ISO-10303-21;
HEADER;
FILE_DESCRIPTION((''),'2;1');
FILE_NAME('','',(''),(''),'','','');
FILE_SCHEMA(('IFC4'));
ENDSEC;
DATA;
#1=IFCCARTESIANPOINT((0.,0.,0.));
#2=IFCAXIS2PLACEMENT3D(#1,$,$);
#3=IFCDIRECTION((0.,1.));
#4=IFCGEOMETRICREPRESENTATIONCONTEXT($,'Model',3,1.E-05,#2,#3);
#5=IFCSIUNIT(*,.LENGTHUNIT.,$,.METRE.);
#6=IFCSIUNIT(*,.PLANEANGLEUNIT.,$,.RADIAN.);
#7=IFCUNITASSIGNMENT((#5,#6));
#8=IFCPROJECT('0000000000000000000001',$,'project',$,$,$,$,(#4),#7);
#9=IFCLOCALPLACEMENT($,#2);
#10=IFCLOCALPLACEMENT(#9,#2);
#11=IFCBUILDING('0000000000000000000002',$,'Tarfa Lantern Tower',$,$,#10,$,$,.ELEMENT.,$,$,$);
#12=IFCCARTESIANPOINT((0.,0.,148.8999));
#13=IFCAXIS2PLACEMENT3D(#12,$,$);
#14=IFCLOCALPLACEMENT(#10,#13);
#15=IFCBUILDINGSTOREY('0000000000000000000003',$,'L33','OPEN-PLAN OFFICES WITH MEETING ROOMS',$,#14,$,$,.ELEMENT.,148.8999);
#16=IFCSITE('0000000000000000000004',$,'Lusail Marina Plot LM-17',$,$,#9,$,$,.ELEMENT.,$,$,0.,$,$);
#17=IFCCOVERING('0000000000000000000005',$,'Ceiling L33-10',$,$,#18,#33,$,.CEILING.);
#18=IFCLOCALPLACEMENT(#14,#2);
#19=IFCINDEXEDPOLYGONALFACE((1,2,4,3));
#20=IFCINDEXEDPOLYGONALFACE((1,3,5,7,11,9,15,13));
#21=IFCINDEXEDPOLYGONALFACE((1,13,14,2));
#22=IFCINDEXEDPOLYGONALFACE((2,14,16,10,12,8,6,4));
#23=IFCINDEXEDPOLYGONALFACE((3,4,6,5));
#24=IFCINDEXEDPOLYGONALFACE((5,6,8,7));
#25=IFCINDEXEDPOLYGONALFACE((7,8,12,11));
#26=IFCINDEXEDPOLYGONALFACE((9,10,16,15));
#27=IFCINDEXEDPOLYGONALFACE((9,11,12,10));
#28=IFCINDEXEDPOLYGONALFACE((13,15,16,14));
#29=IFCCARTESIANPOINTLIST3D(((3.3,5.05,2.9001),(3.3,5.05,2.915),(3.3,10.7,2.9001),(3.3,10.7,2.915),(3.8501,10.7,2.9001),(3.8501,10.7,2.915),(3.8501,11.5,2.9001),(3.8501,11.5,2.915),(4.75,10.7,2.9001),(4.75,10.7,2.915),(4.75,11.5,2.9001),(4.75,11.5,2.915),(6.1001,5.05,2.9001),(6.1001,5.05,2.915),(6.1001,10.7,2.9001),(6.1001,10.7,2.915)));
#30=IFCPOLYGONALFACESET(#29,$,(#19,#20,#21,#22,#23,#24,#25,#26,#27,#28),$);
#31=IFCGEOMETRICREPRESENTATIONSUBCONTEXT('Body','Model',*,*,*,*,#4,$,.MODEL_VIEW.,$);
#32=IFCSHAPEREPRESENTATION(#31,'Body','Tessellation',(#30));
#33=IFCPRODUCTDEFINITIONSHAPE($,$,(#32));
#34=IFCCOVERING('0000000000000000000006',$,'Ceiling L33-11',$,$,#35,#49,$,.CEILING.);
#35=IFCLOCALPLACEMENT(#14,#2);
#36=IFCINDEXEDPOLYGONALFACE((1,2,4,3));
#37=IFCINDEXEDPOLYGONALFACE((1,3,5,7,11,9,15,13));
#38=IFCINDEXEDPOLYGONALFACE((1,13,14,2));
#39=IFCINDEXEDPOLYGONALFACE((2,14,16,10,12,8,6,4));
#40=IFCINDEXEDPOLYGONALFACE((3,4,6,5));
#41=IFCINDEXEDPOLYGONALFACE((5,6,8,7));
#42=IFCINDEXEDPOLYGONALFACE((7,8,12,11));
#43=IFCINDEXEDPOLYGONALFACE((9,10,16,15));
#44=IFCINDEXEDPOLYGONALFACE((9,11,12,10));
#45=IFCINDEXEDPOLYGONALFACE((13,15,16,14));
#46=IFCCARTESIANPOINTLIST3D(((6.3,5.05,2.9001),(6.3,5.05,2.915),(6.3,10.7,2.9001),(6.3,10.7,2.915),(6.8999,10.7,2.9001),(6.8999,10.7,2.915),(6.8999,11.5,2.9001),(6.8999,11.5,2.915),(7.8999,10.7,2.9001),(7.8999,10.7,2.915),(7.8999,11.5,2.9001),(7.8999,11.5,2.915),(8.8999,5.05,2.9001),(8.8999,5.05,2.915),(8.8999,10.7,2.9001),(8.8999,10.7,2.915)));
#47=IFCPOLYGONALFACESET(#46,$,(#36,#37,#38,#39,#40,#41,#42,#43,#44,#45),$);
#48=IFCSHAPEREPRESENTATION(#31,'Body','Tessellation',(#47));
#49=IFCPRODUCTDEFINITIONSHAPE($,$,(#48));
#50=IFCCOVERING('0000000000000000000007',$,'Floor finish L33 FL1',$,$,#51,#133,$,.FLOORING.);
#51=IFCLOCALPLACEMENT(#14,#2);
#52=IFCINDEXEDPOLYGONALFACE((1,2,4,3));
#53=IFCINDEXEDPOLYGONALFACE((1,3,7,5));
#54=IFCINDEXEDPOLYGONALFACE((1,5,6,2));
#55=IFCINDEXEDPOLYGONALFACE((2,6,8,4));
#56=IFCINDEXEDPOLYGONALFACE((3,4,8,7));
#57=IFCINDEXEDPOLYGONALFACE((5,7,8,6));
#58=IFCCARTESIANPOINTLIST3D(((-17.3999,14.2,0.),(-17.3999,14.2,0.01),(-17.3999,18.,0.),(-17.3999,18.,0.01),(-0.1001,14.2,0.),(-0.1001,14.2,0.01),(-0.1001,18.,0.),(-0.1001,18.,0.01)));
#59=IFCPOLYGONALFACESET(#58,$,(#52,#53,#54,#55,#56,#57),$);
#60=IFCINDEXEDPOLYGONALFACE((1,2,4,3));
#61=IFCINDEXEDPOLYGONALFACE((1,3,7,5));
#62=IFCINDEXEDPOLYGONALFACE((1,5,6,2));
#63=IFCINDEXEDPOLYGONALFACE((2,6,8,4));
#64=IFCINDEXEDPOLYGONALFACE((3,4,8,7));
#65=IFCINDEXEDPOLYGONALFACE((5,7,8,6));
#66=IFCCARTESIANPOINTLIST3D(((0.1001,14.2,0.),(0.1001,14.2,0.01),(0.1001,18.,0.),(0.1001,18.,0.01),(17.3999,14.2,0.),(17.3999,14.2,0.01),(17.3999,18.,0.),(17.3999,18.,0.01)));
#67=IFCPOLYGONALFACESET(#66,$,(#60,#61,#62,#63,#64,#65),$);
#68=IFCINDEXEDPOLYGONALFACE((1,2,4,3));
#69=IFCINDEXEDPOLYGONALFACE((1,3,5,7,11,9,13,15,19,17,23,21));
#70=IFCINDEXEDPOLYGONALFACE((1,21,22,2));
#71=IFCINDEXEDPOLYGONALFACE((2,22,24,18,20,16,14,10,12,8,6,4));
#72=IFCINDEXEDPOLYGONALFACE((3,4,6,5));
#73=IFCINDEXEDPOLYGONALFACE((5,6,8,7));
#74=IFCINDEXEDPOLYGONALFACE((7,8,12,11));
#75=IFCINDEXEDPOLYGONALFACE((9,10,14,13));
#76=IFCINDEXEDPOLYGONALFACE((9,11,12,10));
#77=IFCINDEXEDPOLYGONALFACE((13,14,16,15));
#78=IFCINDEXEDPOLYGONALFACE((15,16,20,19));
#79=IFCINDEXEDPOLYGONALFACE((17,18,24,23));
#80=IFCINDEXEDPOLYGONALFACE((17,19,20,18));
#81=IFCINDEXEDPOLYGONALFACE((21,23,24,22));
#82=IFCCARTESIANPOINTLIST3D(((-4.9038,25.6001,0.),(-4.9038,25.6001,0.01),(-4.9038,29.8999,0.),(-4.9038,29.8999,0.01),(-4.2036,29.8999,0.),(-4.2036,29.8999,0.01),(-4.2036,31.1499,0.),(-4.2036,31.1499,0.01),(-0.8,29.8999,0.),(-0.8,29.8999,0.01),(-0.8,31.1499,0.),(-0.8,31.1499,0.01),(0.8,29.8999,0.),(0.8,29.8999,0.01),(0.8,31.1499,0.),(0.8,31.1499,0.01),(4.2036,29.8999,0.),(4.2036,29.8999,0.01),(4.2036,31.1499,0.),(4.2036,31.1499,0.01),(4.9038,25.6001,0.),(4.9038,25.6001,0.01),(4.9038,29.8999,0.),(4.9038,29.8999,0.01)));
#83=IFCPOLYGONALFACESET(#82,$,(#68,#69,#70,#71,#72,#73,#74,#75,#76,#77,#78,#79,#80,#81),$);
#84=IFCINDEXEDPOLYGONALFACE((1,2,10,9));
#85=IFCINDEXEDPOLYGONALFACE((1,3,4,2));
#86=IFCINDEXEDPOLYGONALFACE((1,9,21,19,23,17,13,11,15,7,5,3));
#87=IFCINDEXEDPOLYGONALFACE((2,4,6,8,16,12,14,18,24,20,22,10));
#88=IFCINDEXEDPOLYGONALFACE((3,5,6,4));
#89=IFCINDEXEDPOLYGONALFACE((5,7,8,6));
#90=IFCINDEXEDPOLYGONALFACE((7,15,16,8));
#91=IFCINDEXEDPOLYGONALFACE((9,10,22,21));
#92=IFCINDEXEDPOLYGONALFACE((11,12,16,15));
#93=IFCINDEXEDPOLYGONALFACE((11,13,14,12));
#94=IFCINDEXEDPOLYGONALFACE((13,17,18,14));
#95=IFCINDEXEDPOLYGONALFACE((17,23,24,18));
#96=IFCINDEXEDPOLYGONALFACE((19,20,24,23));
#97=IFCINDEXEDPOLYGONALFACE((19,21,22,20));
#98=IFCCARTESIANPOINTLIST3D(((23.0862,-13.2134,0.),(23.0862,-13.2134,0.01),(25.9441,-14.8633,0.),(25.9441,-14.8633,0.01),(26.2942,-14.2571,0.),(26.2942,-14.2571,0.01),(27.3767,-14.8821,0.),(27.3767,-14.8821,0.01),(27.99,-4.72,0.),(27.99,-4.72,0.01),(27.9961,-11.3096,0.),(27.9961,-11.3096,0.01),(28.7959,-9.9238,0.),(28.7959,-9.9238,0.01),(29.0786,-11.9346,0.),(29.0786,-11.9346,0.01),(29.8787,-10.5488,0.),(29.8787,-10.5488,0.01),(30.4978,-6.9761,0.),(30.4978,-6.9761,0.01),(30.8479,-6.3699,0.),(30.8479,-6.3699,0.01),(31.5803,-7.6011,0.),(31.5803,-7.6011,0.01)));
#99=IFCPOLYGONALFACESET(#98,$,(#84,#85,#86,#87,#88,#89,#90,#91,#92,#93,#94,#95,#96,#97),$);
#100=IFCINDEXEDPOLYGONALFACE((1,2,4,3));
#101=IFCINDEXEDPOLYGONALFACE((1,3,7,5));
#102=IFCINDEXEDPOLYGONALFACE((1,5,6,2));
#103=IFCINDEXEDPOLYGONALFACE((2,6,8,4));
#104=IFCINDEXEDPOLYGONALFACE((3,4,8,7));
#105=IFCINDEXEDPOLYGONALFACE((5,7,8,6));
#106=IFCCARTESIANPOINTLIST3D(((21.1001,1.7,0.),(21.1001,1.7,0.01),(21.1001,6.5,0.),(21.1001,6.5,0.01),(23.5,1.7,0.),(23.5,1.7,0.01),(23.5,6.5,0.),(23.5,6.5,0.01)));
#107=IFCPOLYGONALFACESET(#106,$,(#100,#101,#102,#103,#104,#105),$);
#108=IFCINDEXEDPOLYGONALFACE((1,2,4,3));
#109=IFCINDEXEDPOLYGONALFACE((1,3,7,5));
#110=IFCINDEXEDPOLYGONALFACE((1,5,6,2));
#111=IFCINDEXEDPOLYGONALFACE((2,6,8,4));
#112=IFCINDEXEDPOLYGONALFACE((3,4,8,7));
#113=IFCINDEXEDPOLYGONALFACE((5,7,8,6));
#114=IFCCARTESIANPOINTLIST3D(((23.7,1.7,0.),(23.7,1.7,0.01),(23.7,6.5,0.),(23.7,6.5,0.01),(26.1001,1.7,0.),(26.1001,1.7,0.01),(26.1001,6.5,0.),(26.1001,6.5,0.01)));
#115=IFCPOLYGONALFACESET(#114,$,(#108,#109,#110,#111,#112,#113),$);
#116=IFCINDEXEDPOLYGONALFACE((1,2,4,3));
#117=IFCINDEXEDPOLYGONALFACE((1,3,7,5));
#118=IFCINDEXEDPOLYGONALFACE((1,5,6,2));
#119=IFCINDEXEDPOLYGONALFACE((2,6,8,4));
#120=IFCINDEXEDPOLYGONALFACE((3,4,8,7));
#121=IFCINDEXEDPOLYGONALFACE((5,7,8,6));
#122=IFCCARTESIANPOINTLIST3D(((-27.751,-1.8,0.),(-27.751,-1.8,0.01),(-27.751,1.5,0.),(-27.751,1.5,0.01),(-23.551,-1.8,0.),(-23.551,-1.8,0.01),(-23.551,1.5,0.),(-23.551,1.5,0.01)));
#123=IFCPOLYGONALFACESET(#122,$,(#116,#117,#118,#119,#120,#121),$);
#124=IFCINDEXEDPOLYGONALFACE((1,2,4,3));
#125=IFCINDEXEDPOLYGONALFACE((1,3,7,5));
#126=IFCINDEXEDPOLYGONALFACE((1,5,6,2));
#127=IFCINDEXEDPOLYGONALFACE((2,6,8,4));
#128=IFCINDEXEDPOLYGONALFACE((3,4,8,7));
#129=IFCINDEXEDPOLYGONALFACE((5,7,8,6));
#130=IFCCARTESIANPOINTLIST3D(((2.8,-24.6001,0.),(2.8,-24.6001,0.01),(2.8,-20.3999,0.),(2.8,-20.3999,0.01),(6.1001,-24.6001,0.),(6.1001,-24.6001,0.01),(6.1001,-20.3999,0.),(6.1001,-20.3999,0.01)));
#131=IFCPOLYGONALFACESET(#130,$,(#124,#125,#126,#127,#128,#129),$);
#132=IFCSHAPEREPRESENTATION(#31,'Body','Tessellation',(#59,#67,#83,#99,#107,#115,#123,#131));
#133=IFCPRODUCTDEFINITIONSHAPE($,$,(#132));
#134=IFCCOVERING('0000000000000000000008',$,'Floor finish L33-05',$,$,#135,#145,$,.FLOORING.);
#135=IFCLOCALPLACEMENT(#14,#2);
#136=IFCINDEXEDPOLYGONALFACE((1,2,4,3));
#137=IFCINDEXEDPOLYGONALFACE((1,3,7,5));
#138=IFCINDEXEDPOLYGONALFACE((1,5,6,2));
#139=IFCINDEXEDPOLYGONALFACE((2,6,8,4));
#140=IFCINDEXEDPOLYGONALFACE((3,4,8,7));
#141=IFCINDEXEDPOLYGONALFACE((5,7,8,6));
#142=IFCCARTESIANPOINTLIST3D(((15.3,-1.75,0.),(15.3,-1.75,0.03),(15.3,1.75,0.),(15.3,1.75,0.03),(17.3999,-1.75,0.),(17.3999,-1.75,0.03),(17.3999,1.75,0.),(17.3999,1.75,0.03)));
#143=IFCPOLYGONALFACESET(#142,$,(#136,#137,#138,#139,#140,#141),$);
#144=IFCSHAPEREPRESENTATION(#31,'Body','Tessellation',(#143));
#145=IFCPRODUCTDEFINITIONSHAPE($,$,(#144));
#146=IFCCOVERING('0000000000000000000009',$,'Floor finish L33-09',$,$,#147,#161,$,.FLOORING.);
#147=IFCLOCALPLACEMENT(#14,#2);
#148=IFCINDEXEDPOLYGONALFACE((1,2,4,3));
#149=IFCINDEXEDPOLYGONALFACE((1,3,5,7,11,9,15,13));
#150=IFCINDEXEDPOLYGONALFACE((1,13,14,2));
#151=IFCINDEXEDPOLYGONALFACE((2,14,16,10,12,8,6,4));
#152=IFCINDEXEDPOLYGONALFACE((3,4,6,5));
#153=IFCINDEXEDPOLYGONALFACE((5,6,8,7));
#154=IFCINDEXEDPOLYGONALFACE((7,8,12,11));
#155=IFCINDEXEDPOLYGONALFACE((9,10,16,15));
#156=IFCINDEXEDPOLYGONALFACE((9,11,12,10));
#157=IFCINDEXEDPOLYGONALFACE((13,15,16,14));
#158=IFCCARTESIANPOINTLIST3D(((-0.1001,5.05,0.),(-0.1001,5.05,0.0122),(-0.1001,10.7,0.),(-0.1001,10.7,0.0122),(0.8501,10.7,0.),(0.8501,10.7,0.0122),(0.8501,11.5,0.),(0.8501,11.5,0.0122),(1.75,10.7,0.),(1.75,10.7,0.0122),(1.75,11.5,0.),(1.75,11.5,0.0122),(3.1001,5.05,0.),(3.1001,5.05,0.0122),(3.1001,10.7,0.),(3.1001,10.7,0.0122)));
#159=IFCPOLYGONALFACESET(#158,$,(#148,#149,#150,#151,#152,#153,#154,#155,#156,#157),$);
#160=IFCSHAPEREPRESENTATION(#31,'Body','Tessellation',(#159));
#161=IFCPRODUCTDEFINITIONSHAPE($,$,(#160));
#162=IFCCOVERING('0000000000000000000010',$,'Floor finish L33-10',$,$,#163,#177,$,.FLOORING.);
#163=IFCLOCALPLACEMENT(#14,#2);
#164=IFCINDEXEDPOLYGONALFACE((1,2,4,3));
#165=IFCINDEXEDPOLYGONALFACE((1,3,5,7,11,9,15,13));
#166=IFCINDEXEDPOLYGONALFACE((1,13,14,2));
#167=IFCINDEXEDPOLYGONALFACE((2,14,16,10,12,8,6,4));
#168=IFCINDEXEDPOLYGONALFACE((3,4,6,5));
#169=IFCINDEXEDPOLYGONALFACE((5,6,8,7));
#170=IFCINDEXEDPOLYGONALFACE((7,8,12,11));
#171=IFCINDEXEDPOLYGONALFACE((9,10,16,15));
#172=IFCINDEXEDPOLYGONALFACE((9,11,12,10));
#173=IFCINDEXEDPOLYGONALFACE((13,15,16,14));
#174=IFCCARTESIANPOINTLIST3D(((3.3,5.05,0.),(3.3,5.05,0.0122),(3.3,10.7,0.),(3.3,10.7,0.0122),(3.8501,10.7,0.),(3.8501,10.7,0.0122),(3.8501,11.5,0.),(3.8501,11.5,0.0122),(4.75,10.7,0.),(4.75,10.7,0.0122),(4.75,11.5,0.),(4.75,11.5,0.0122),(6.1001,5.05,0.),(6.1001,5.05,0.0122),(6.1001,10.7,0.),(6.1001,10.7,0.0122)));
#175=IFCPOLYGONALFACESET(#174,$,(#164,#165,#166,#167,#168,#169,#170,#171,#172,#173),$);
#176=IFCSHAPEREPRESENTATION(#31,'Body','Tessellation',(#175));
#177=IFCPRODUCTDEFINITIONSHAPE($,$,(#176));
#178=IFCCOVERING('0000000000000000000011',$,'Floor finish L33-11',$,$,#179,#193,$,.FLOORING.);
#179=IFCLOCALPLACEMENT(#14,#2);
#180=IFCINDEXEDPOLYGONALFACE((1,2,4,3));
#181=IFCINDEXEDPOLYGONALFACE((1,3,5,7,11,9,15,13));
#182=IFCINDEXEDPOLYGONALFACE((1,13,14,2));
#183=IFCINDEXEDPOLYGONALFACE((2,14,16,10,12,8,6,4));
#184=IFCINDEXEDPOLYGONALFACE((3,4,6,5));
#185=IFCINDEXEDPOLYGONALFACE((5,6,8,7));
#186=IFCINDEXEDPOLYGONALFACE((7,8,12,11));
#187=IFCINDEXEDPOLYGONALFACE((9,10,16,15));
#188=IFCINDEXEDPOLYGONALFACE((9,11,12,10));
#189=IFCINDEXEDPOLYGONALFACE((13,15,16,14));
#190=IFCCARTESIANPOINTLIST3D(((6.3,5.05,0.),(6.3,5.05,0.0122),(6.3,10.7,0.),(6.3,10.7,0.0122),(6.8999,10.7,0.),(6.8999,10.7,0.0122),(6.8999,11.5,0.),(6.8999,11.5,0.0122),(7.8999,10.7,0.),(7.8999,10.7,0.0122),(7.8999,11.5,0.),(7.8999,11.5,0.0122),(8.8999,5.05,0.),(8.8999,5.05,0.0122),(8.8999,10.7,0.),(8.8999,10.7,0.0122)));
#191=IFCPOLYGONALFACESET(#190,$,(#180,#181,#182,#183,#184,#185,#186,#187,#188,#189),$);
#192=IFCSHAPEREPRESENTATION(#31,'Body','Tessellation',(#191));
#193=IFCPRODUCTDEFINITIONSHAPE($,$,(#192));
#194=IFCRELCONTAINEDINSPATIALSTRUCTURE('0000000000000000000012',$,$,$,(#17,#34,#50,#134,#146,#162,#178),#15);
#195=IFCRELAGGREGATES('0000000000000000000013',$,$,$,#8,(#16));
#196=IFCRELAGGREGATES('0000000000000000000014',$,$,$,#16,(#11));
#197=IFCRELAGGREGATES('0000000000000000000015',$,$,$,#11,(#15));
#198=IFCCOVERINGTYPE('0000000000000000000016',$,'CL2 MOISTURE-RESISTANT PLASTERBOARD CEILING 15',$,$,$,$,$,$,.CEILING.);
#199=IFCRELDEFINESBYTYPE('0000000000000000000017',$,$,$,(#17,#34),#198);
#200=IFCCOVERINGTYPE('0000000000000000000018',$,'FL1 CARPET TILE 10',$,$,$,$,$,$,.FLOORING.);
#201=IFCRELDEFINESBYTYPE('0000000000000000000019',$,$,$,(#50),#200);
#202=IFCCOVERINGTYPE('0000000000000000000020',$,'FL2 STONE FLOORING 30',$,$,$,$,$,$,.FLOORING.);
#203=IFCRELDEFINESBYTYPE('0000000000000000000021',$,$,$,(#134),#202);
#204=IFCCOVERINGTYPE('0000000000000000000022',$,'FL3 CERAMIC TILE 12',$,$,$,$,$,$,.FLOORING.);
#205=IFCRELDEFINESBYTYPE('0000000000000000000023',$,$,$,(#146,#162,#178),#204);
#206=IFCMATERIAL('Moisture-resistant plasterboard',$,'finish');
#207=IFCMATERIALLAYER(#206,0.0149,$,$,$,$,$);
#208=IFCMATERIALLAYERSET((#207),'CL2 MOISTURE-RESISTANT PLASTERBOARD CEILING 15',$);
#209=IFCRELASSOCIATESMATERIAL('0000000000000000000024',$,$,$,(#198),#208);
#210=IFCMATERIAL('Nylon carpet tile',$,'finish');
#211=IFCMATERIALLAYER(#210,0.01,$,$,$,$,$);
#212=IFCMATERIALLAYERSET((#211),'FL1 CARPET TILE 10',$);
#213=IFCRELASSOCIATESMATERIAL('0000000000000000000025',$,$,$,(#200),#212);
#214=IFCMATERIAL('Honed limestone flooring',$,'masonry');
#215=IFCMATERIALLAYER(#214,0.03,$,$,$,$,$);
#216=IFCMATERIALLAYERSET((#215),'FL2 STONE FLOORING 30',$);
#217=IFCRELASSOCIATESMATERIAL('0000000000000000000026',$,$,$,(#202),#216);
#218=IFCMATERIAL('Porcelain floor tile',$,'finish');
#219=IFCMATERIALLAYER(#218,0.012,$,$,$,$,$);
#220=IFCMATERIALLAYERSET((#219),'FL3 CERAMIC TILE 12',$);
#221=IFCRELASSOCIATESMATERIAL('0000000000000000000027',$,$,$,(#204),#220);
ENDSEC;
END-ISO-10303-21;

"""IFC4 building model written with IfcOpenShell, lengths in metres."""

from ifc_helpers import new_model, si_unit, direction, frame, origin, place, context, subcontext, project, spatial, polyline, outline, extrude, material, layer, layer_set, type_object, element, save


model = new_model("IFC4")

# Units and contexts
model_context = context("Model", 3, precision=1e-05, world=origin(), true_north=direction((0.0, 1.0)))
body_context = subcontext(model_context, "Body", "Model", "MODEL_VIEW")
ifc_project = project(units=[si_unit("LENGTHUNIT", "METRE"), si_unit("PLANEANGLEUNIT", "RADIAN")], contexts=[model_context])

# Site, building, storey
site_placement = place(None, origin())
site = spatial("IfcSite", under=ifc_project, at=site_placement, Name="Lusail Marina Plot LM-17", CompositionType="ELEMENT", RefElevation=0.0)
building_placement = place(site_placement, origin())
building = spatial("IfcBuilding", under=site, at=building_placement, Name="Tarfa Lantern Tower", CompositionType="ELEMENT")
storey_placement = place(building_placement, frame((0.0, 0.0, 148.8999)))
storey = spatial("IfcBuildingStorey", under=building, at=storey_placement, Name="L33", Description="OPEN-PLAN OFFICES WITH MEETING ROOMS", CompositionType="ELEMENT", Elevation=148.8999)

# Coverings
ifc_material_1 = material(Name="Moisture-resistant plasterboard", Category="finish")
ifc_layer_1 = layer(ifc_material_1, 0.0149)
ifc_layer_set_1 = layer_set([ifc_layer_1], Name="CL2 MOISTURE-RESISTANT PLASTERBOARD CEILING 15")
covering_type_1 = type_object("IfcCoveringType", Name="CL2 MOISTURE-RESISTANT PLASTERBOARD CEILING 15", PredefinedType="CEILING", material=ifc_layer_set_1)
covering_1_placement = place(storey_placement, frame((0.0, 0.0, 2.9001)))
element("IfcCovering", 1, at=covering_1_placement, inside=storey, type_object=covering_type_1, Name="Ceiling L33-10", PredefinedType="CEILING", context=body_context, shape_type="SweptSolid", body=[
    extrude(outline(polyline([(3.3, 5.05), (6.1001, 5.05), (6.1001, 10.7), (4.75, 10.7), (4.75, 11.5), (3.8501, 11.5), (3.8501, 10.7), (3.3, 10.7), (3.3, 5.05)])), origin(), (0.0, 0.0, 1.0), 0.0149),
])
covering_2_placement = place(storey_placement, frame((0.0, 0.0, 2.9001)))
element("IfcCovering", 2, at=covering_2_placement, inside=storey, type_object=covering_type_1, Name="Ceiling L33-11", PredefinedType="CEILING", context=body_context, shape_type="SweptSolid", body=[
    extrude(outline(polyline([(6.3, 5.05), (8.8999, 5.05), (8.8999, 10.7), (7.8999, 10.7), (7.8999, 11.5), (6.8999, 11.5), (6.8999, 10.7), (6.3, 10.7), (6.3, 5.05)])), origin(), (0.0, 0.0, 1.0), 0.0149),
])
ifc_material_2 = material(Name="Nylon carpet tile", Category="finish")
ifc_layer_2 = layer(ifc_material_2, 0.01)
ifc_layer_set_2 = layer_set([ifc_layer_2], Name="FL1 CARPET TILE 10")
covering_type_2 = type_object("IfcCoveringType", Name="FL1 CARPET TILE 10", PredefinedType="FLOORING", material=ifc_layer_set_2)
covering_3_placement = place(storey_placement, origin())
element("IfcCovering", 3, at=covering_3_placement, inside=storey, type_object=covering_type_2, Name="Floor finish L33 FL1", PredefinedType="FLOORING", context=body_context, shape_type="SweptSolid", body=[
    extrude(outline(polyline([(-17.3999, 18.0), (-0.1001, 18.0), (-0.1001, 14.2), (-17.3999, 14.2), (-17.3999, 18.0)])), origin(), (0.0, 0.0, 1.0), 0.01),
    extrude(outline(polyline([(0.1001, 18.0), (17.3999, 18.0), (17.3999, 14.2), (0.1001, 14.2), (0.1001, 18.0)])), origin(), (0.0, 0.0, 1.0), 0.01),
    extrude(outline(polyline([(4.9038, 25.6001), (-4.9038, 25.6001), (-4.9038, 29.8999), (-4.2036, 29.8999), (-4.2036, 31.1499), (-0.8, 31.1499), (-0.8, 29.8999), (0.8, 29.8999), (0.8, 31.1499), (4.2036, 31.1499), (4.2036, 29.8999), (4.9038, 29.8999), (4.9038, 25.6001)])), origin(), (0.0, 0.0, 1.0), 0.01),
    extrude(outline(polyline([(27.99, -4.72), (30.8479, -6.3699), (30.4978, -6.9761), (31.5803, -7.6011), (29.8787, -10.5488), (28.7959, -9.9238), (27.9961, -11.3096), (29.0786, -11.9346), (27.3767, -14.8821), (26.2942, -14.2571), (25.9441, -14.8633), (23.0862, -13.2134), (27.99, -4.72)])), origin(), (0.0, 0.0, 1.0), 0.01),
    extrude(outline(polyline([(21.1001, 6.5), (23.5, 6.5), (23.5, 1.7), (21.1001, 1.7), (21.1001, 6.5)])), origin(), (0.0, 0.0, 1.0), 0.01),
    extrude(outline(polyline([(23.7, 6.5), (26.1001, 6.5), (26.1001, 1.7), (23.7, 1.7), (23.7, 6.5)])), origin(), (0.0, 0.0, 1.0), 0.01),
    extrude(outline(polyline([(-27.751, -1.8), (-27.751, 1.5), (-23.551, 1.5), (-23.551, -1.8), (-27.751, -1.8)])), origin(), (0.0, 0.0, 1.0), 0.01),
    extrude(outline(polyline([(6.1001, -24.6001), (2.8, -24.6001), (2.8, -20.3999), (6.1001, -20.3999), (6.1001, -24.6001)])), origin(), (0.0, 0.0, 1.0), 0.01),
])
ifc_material_3 = material(Name="Honed limestone flooring", Category="masonry")
ifc_layer_3 = layer(ifc_material_3, 0.03)
ifc_layer_set_3 = layer_set([ifc_layer_3], Name="FL2 STONE FLOORING 30")
covering_type_3 = type_object("IfcCoveringType", Name="FL2 STONE FLOORING 30", PredefinedType="FLOORING", material=ifc_layer_set_3)
covering_4_placement = place(storey_placement, origin())
element("IfcCovering", 4, at=covering_4_placement, inside=storey, type_object=covering_type_3, Name="Floor finish L33-05", PredefinedType="FLOORING", context=body_context, shape_type="SweptSolid", body=[
    extrude(outline(polyline([(15.3, -1.75), (17.3999, -1.75), (17.3999, 1.75), (15.3, 1.75), (15.3, -1.75)])), origin(), (0.0, 0.0, 1.0), 0.03),
])
ifc_material_4 = material(Name="Porcelain floor tile", Category="finish")
ifc_layer_4 = layer(ifc_material_4, 0.012)
ifc_layer_set_4 = layer_set([ifc_layer_4], Name="FL3 CERAMIC TILE 12")
covering_type_4 = type_object("IfcCoveringType", Name="FL3 CERAMIC TILE 12", PredefinedType="FLOORING", material=ifc_layer_set_4)
covering_5_placement = place(storey_placement, origin())
element("IfcCovering", 5, at=covering_5_placement, inside=storey, type_object=covering_type_4, Name="Floor finish L33-09", PredefinedType="FLOORING", context=body_context, shape_type="SweptSolid", body=[
    extrude(outline(polyline([(0.8501, 10.7), (-0.1001, 10.7), (-0.1001, 5.05), (3.1001, 5.05), (3.1001, 10.7), (1.75, 10.7), (1.75, 11.5), (0.8501, 11.5), (0.8501, 10.7)])), origin(), (0.0, 0.0, 1.0), 0.0122),
])
covering_6_placement = place(storey_placement, origin())
element("IfcCovering", 6, at=covering_6_placement, inside=storey, type_object=covering_type_4, Name="Floor finish L33-10", PredefinedType="FLOORING", context=body_context, shape_type="SweptSolid", body=[
    extrude(outline(polyline([(3.3, 5.05), (6.1001, 5.05), (6.1001, 10.7), (4.75, 10.7), (4.75, 11.5), (3.8501, 11.5), (3.8501, 10.7), (3.3, 10.7), (3.3, 5.05)])), origin(), (0.0, 0.0, 1.0), 0.0122),
])
covering_7_placement = place(storey_placement, origin())
element("IfcCovering", 7, at=covering_7_placement, inside=storey, type_object=covering_type_4, Name="Floor finish L33-11", PredefinedType="FLOORING", context=body_context, shape_type="SweptSolid", body=[
    extrude(outline(polyline([(6.3, 5.05), (8.8999, 5.05), (8.8999, 10.7), (7.8999, 10.7), (7.8999, 11.5), (6.8999, 11.5), (6.8999, 10.7), (6.3, 10.7), (6.3, 5.05)])), origin(), (0.0, 0.0, 1.0), 0.0122),
])

save(model, "model.ifc")
